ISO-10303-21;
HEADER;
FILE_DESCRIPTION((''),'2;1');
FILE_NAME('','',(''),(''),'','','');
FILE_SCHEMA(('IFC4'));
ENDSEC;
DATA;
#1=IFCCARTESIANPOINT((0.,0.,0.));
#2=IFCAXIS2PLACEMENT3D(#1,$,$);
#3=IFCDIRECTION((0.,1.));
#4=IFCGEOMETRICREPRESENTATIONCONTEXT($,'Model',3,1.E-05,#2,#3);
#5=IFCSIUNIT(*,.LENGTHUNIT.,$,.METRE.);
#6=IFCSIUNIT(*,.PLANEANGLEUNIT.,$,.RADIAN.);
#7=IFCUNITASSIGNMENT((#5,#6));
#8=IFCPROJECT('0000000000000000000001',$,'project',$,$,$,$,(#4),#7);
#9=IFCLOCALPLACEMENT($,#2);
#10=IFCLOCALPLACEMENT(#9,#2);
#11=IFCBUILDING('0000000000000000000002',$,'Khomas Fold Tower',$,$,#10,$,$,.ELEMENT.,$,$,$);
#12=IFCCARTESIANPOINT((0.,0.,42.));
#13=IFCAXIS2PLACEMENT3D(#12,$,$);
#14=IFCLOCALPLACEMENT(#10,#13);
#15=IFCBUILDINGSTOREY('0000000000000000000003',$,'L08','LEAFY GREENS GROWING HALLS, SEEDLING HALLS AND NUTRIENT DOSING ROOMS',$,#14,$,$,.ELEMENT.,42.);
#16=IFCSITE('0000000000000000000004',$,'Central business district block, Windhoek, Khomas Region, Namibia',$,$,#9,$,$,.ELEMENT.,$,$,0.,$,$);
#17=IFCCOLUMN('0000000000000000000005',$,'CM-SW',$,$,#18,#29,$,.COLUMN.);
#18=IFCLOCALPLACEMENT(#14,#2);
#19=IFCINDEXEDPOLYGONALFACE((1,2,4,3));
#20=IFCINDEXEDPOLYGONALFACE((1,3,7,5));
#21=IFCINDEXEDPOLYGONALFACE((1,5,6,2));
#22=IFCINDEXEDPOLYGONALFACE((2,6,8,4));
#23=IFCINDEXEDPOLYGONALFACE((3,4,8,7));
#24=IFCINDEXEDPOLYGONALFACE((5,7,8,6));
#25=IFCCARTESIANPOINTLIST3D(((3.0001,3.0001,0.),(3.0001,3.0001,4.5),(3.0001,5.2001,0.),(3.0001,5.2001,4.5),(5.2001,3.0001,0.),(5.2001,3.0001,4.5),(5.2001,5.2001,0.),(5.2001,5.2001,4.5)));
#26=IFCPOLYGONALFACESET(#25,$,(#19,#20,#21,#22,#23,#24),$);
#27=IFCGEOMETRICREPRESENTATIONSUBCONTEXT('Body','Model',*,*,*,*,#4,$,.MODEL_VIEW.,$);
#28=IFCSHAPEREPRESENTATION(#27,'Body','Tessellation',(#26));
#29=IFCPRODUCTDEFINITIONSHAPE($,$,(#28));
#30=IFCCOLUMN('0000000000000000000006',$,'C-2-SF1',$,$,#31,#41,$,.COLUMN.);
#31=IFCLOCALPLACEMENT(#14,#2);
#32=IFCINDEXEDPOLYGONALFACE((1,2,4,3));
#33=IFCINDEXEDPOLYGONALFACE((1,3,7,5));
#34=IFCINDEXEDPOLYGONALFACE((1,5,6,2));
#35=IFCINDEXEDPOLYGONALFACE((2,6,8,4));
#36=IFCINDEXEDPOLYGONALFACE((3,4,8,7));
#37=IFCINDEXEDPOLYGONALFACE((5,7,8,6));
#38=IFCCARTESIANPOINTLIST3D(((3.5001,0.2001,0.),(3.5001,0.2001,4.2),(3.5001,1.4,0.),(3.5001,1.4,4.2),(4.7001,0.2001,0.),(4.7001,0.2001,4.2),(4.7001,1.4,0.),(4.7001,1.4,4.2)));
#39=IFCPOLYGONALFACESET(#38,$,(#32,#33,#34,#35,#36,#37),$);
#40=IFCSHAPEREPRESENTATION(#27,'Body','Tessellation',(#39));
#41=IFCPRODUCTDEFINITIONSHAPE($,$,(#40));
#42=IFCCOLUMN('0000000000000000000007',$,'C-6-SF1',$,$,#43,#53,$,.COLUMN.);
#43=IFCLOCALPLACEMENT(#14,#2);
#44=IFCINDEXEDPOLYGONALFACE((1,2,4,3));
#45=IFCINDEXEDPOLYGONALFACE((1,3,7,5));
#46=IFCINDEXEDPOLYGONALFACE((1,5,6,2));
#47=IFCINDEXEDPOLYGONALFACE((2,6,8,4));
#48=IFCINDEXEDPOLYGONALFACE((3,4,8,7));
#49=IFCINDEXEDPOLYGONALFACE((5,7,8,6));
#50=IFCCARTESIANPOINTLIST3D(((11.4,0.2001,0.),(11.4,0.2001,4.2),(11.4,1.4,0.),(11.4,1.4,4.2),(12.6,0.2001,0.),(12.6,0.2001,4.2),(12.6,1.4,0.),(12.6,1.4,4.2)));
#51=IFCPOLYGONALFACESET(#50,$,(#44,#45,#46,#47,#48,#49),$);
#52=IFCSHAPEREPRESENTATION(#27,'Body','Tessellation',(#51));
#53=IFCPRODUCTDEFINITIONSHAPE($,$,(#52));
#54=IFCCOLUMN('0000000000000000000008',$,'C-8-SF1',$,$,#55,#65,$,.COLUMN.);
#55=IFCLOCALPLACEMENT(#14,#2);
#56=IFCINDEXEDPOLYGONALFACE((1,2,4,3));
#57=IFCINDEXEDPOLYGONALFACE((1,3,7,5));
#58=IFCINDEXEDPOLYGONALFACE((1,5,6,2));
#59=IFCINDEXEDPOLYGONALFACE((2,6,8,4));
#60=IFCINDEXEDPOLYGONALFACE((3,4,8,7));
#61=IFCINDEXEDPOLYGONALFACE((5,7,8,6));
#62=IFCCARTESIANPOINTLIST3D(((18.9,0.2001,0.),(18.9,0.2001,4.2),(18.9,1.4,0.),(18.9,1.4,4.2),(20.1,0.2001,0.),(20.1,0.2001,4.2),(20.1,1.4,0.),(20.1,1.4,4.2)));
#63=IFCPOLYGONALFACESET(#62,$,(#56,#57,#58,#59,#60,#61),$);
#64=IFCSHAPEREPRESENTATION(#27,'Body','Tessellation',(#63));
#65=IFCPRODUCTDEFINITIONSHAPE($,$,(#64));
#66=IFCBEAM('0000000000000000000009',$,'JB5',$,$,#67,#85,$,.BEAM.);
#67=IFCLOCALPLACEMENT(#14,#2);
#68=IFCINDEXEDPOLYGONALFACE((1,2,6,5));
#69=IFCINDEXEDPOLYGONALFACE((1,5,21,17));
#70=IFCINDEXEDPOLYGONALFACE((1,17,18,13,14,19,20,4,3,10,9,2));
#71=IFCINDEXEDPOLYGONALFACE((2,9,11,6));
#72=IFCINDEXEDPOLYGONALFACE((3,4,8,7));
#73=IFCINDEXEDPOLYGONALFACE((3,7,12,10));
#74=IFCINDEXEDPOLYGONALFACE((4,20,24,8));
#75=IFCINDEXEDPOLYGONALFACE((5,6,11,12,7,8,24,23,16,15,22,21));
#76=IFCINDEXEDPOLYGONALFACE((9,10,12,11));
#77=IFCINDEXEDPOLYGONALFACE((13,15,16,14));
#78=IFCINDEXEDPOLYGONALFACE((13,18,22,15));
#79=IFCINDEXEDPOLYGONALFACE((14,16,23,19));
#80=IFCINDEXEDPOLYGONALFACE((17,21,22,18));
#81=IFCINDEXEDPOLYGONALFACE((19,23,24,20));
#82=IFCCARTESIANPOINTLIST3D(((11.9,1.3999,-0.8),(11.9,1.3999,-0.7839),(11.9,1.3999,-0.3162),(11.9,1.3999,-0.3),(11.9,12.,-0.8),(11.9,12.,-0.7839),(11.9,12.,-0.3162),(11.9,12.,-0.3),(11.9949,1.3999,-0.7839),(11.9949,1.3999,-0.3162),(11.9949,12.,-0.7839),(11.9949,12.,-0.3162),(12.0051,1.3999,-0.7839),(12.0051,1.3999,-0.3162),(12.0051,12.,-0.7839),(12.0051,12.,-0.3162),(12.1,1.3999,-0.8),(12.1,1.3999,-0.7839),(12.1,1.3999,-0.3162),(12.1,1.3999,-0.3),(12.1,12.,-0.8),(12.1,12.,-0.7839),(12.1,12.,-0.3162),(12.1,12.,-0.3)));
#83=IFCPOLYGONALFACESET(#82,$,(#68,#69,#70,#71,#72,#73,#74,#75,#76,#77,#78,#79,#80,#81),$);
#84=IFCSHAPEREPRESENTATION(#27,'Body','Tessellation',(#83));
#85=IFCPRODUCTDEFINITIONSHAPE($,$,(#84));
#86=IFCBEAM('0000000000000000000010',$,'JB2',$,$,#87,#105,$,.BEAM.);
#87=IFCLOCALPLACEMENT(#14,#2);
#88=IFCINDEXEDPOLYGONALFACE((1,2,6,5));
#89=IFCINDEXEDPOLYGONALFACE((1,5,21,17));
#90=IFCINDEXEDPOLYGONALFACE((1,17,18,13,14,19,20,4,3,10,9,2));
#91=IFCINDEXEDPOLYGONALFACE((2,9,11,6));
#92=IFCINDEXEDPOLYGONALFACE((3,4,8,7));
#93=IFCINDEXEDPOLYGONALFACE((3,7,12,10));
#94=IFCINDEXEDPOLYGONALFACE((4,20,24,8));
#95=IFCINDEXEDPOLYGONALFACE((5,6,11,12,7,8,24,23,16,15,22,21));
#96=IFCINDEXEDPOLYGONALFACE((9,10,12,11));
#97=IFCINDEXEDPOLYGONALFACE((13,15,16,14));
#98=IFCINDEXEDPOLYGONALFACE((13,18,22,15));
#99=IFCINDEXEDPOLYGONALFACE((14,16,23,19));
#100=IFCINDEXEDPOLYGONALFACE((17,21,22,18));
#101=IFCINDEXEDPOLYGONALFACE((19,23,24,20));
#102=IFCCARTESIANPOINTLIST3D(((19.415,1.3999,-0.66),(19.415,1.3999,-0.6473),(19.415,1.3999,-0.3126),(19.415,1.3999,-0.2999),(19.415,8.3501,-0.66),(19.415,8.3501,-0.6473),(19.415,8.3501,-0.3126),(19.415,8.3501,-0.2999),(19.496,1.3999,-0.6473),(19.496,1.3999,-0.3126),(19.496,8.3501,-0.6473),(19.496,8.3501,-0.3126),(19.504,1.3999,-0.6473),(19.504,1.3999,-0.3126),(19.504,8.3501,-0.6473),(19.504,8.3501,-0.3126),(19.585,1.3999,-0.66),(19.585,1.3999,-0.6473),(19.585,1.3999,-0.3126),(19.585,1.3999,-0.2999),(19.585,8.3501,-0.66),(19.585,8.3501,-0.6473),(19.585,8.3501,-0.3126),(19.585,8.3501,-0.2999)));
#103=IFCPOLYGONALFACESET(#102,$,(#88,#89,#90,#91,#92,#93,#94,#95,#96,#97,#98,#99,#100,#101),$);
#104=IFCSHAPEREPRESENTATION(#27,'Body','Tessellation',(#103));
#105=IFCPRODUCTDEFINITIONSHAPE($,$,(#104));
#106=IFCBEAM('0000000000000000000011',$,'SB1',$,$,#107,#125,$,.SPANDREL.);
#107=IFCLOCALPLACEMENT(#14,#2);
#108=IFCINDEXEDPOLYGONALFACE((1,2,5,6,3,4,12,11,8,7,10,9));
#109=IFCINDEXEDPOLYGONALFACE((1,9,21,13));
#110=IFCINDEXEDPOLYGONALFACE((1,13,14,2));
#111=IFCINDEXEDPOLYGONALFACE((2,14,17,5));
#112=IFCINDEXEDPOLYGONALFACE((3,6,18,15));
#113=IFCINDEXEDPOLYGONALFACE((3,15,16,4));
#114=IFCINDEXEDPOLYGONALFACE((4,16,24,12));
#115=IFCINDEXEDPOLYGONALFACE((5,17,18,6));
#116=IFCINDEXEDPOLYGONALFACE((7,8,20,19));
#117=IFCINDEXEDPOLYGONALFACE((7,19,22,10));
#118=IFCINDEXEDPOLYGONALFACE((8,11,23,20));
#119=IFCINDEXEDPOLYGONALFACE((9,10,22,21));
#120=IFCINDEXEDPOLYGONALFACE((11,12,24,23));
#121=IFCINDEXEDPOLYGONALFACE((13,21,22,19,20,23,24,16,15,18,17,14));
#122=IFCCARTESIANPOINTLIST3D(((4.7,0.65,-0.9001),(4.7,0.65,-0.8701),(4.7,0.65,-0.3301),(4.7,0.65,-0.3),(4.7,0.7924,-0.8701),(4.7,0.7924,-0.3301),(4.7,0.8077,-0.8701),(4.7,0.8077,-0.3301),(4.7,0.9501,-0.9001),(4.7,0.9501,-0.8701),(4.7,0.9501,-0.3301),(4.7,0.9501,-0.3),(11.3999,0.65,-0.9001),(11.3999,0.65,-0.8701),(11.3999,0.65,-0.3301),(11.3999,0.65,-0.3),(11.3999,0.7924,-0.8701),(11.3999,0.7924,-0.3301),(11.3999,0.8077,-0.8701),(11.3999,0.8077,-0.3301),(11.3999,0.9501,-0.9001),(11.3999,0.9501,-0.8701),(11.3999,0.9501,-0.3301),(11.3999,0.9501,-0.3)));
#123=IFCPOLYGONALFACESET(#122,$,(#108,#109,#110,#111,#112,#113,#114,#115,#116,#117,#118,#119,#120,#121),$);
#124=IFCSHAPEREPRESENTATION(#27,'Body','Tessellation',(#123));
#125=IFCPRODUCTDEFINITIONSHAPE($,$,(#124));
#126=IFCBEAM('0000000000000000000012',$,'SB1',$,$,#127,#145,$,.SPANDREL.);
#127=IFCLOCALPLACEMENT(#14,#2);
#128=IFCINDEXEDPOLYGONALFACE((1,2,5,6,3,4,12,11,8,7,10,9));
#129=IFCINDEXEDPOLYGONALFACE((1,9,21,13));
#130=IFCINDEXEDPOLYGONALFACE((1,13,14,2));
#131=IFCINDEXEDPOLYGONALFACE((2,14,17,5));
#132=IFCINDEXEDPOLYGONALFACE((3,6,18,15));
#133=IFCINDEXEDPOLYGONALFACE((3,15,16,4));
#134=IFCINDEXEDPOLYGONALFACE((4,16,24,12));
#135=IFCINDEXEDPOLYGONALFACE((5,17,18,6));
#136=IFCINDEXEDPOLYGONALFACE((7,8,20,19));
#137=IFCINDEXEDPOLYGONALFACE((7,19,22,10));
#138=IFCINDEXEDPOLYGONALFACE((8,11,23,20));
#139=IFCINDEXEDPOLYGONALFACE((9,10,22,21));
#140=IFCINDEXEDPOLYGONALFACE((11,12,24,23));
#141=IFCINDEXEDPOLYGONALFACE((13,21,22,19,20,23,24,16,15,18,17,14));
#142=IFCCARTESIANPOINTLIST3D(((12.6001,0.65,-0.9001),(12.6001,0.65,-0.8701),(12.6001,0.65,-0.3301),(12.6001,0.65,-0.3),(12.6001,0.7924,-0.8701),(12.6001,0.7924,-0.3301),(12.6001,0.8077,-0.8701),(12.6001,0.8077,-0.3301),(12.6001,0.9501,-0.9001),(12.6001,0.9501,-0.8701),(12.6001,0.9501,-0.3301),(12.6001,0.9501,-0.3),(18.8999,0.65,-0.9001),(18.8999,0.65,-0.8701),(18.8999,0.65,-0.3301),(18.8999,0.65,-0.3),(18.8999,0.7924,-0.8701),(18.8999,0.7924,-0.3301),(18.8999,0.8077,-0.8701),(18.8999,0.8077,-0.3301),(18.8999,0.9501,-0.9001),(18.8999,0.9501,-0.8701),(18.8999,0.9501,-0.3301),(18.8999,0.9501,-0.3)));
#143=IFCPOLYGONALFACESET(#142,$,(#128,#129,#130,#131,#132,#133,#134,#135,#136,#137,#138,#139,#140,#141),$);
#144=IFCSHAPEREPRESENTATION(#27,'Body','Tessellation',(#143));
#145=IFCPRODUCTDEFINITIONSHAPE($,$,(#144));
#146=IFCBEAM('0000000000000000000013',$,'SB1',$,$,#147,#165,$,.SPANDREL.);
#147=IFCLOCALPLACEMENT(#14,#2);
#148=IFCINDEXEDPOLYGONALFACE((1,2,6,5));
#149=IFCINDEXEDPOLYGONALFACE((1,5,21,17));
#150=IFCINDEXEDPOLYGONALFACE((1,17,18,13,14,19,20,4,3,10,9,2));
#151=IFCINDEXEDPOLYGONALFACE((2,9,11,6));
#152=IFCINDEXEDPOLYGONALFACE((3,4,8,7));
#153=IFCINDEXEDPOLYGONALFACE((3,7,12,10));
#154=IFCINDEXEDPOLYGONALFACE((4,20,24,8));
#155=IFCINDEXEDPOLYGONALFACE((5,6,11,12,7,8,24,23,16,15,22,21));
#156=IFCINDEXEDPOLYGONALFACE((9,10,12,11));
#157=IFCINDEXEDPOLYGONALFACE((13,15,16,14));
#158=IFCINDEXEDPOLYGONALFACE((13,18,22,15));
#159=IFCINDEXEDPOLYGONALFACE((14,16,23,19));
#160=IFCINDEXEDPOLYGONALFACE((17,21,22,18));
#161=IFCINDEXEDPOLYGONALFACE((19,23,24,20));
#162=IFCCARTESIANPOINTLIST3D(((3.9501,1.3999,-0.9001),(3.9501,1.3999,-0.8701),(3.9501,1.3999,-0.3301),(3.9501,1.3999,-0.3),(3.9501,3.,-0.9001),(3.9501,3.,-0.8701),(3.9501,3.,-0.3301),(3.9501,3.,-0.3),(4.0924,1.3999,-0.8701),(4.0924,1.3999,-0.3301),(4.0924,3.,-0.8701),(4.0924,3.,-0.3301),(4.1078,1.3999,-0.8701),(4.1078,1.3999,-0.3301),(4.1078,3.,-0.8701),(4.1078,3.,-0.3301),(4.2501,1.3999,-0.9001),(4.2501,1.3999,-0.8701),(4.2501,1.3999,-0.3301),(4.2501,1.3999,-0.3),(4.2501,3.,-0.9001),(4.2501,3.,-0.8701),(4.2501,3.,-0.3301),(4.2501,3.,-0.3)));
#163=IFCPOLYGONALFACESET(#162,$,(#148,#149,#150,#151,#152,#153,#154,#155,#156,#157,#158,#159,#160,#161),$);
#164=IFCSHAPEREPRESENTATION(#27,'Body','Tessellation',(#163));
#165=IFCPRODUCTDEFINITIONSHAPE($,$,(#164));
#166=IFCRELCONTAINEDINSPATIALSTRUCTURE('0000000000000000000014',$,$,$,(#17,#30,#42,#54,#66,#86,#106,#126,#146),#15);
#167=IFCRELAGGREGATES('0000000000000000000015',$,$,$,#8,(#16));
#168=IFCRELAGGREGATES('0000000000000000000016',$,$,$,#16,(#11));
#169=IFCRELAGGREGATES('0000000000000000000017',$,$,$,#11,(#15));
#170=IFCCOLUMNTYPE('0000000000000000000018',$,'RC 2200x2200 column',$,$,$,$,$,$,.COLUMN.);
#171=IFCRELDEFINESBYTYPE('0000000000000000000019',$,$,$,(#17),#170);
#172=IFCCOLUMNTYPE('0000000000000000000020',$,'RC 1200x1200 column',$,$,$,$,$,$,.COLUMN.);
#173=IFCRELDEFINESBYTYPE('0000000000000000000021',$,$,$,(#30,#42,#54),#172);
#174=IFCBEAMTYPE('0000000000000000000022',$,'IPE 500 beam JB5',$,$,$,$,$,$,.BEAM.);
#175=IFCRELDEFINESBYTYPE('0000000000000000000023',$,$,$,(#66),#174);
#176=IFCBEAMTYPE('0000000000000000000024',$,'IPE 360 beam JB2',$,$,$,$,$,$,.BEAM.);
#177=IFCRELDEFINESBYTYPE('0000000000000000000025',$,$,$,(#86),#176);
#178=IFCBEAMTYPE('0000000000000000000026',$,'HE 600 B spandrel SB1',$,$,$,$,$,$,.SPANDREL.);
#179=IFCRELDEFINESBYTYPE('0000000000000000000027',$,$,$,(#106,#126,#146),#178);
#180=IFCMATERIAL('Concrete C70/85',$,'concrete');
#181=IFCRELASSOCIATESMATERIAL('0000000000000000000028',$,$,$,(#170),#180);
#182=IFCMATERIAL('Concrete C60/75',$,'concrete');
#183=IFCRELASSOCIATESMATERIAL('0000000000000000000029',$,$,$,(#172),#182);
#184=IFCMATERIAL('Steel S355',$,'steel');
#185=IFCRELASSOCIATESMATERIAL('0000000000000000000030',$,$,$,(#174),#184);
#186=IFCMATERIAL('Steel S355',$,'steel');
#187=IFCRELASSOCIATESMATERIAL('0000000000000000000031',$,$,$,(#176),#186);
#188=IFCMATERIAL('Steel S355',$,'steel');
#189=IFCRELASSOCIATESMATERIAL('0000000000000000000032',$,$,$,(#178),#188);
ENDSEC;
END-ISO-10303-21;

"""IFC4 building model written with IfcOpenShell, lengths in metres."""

from ifc_helpers import new_model, si_unit, direction, frame, origin, origin_2d, place, context, subcontext, project, spatial, rectangle, i_section, extrude, source, transform, mapped, material, material_profile, profile_set, type_object, element, save


model = new_model("IFC4")

# Units and contexts
model_context = context("Model", 3, precision=1e-05, world=origin(), true_north=direction((0.0, 1.0)))
body_context = subcontext(model_context, "Body", "Model", "MODEL_VIEW")
ifc_project = project(units=[si_unit("LENGTHUNIT", "METRE"), si_unit("PLANEANGLEUNIT", "RADIAN")], contexts=[model_context])

# Site, building, storey
site_placement = place(None, origin())
site = spatial("IfcSite", under=ifc_project, at=site_placement, Name="Central business district block, Windhoek, Khomas Region, Namibia", CompositionType="ELEMENT", RefElevation=0.0)
building_placement = place(site_placement, origin())
building = spatial("IfcBuilding", under=site, at=building_placement, Name="Khomas Fold Tower", CompositionType="ELEMENT")
storey_placement = place(building_placement, frame((0.0, 0.0, 42.0)))
storey = spatial("IfcBuildingStorey", under=building, at=storey_placement, Name="L08", Description="LEAFY GREENS GROWING HALLS, SEEDLING HALLS AND NUTRIENT DOSING ROOMS", CompositionType="ELEMENT", Elevation=42.0)

# Columns
ifc_material_1 = material(Name="Concrete C70/85", Category="concrete")
ifc_material_profile_1 = material_profile(ifc_material_1, rectangle(XDim=2.2, YDim=2.2, at=origin_2d()), Name="RC 2200x2200")
ifc_profile_set_1 = profile_set([ifc_material_profile_1], Name="Concrete C70/85")
column_type_1 = type_object("IfcColumnType", Name="RC 2200x2200 column", PredefinedType="COLUMN", material=ifc_profile_set_1)
shared_shape_1 = source(origin(), body_context, "Body", "SweptSolid", [
    extrude(rectangle(XDim=2.2, YDim=2.2, at=origin_2d()), origin(), (0.0, 0.0, 1.0), 4.5),
])
column_placement = place(storey_placement, frame((4.1001, 4.1001, 0.0), z_axis=(0.0, 0.0, 1.0), x_axis=(1.0, 0.0, 0.0)))
element("IfcColumn", 1, at=column_placement, inside=storey, type_object=column_type_1, Name="CM-SW", PredefinedType="COLUMN", context=body_context, shape_type="MappedRepresentation", body=[
    mapped(shared_shape_1, transform((0.0, 0.0, 0.0))),
])
ifc_material_2 = material(Name="Concrete C60/75", Category="concrete")
ifc_material_profile_2 = material_profile(ifc_material_2, rectangle(XDim=1.2, YDim=1.2, at=origin_2d()), Name="RC 1200x1200")
ifc_profile_set_2 = profile_set([ifc_material_profile_2], Name="Concrete C60/75")
column_type_2 = type_object("IfcColumnType", Name="RC 1200x1200 column", PredefinedType="COLUMN", material=ifc_profile_set_2)
shared_shape_2 = source(origin(), body_context, "Body", "SweptSolid", [
    extrude(rectangle(XDim=1.2, YDim=1.2, at=origin_2d()), origin(), (0.0, 0.0, 1.0), 4.2),
])
for number, where, z_axis, x_axis, name in (
    (2, (4.1001, 0.8, 0.0), (0.0, 0.0, 1.0), (1.0, 0.0, 0.0), "C-2-SF1"),
    (3, (12.0, 0.8, 0.0), (0.0, 0.0, 1.0), (1.0, 0.0, 0.0), "C-6-SF1"),
    (4, (19.5, 0.8, 0.0), (0.0, 0.0, 1.0), (1.0, 0.0, 0.0), "C-8-SF1"),
):
    element("IfcColumn", number, at=place(storey_placement, frame(where, z_axis=z_axis, x_axis=x_axis)), inside=storey, type_object=column_type_2, Name=name, PredefinedType="COLUMN", context=body_context, shape_type="MappedRepresentation", body=[
        mapped(shared_shape_2, transform((0.0, 0.0, 0.0))),
    ])

# Beams
ifc_material_3 = material(Name="Steel S355", Category="steel")
ifc_material_profile_3 = material_profile(ifc_material_3, i_section(OverallWidth=0.2, OverallDepth=0.5, WebThickness=0.0103, FlangeThickness=0.0161, at=origin_2d()), Name="IPE 500")
ifc_profile_set_3 = profile_set([ifc_material_profile_3], Name="Steel S355")
beam_type_1 = type_object("IfcBeamType", Name="IPE 500 beam JB5", PredefinedType="BEAM", material=ifc_profile_set_3)
shared_shape_3 = source(origin(), body_context, "Body", "SweptSolid", [
    extrude(i_section(OverallWidth=0.2, OverallDepth=0.5, WebThickness=0.0103, FlangeThickness=0.0161, at=origin_2d()), origin(), (0.0, 0.0, 1.0), 10.6001),
])
beam_1_placement = place(storey_placement, frame((12.0, 1.3999, -0.55), z_axis=(0.0, 1.0, 0.0), x_axis=(-1.0, 0.0, 0.0)))
element("IfcBeam", 5, at=beam_1_placement, inside=storey, type_object=beam_type_1, Name="JB5", PredefinedType="BEAM", context=body_context, shape_type="MappedRepresentation", body=[
    mapped(shared_shape_3, transform((0.0, 0.0, 0.0))),
])
ifc_material_4 = material(Name="Steel S355", Category="steel")
ifc_material_profile_4 = material_profile(ifc_material_4, i_section(OverallWidth=0.1699, OverallDepth=0.3601, WebThickness=0.0081, FlangeThickness=0.0127, at=origin_2d()), Name="IPE 360")
ifc_profile_set_4 = profile_set([ifc_material_profile_4], Name="Steel S355")
beam_type_2 = type_object("IfcBeamType", Name="IPE 360 beam JB2", PredefinedType="BEAM", material=ifc_profile_set_4)
shared_shape_4 = source(origin(), body_context, "Body", "SweptSolid", [
    extrude(i_section(OverallWidth=0.1699, OverallDepth=0.3601, WebThickness=0.0081, FlangeThickness=0.0127, at=origin_2d()), origin(), (0.0, 0.0, 1.0), 6.9502),
])
beam_2_placement = place(storey_placement, frame((19.5, 1.3999, -0.48), z_axis=(0.0, 1.0, 0.0), x_axis=(-1.0, 0.0, 0.0)))
element("IfcBeam", 6, at=beam_2_placement, inside=storey, type_object=beam_type_2, Name="JB2", PredefinedType="BEAM", context=body_context, shape_type="MappedRepresentation", body=[
    mapped(shared_shape_4, transform((0.0, 0.0, 0.0))),
])
ifc_material_5 = material(Name="Steel S355", Category="steel")
ifc_material_profile_5 = material_profile(ifc_material_5, i_section(OverallWidth=0.3, OverallDepth=0.6001, WebThickness=0.0154, FlangeThickness=0.03, at=origin_2d()), Name="HE 600 B")
ifc_profile_set_5 = profile_set([ifc_material_profile_5], Name="Steel S355")
beam_type_3 = type_object("IfcBeamType", Name="HE 600 B spandrel SB1", PredefinedType="SPANDREL", material=ifc_profile_set_5)
shared_shape_5 = source(origin(), body_context, "Body", "SweptSolid", [
    extrude(i_section(OverallWidth=0.3, OverallDepth=0.6001, WebThickness=0.0154, FlangeThickness=0.03, at=origin_2d()), origin(), (0.0, 0.0, 1.0), 6.7),
])
beam_3_placement = place(storey_placement, frame((4.7, 0.8, -0.6001), z_axis=(1.0, 0.0, 0.0), x_axis=(0.0, 1.0, 0.0)))
element("IfcBeam", 7, at=beam_3_placement, inside=storey, type_object=beam_type_3, Name="SB1", PredefinedType="SPANDREL", context=body_context, shape_type="MappedRepresentation", body=[
    mapped(shared_shape_5, transform((0.0, 0.0, 0.0))),
])
shared_shape_6 = source(origin(), body_context, "Body", "SweptSolid", [
    extrude(i_section(OverallWidth=0.3, OverallDepth=0.6001, WebThickness=0.0154, FlangeThickness=0.03, at=origin_2d()), origin(), (0.0, 0.0, 1.0), 6.2998),
])
beam_4_placement = place(storey_placement, frame((12.6001, 0.8, -0.6001), z_axis=(1.0, 0.0, 0.0), x_axis=(0.0, 1.0, 0.0)))
element("IfcBeam", 8, at=beam_4_placement, inside=storey, type_object=beam_type_3, Name="SB1", PredefinedType="SPANDREL", context=body_context, shape_type="MappedRepresentation", body=[
    mapped(shared_shape_6, transform((0.0, 0.0, 0.0))),
])
shared_shape_7 = source(origin(), body_context, "Body", "SweptSolid", [
    extrude(i_section(OverallWidth=0.3, OverallDepth=0.6001, WebThickness=0.0154, FlangeThickness=0.03, at=origin_2d()), origin(), (0.0, 0.0, 1.0), 1.6001),
])
beam_5_placement = place(storey_placement, frame((4.1001, 1.3999, -0.6001), z_axis=(0.0, 1.0, 0.0), x_axis=(-1.0, 0.0, 0.0)))
element("IfcBeam", 9, at=beam_5_placement, inside=storey, type_object=beam_type_3, Name="SB1", PredefinedType="SPANDREL", context=body_context, shape_type="MappedRepresentation", body=[
    mapped(shared_shape_7, transform((0.0, 0.0, 0.0))),
])

save(model, "model.ifc")
